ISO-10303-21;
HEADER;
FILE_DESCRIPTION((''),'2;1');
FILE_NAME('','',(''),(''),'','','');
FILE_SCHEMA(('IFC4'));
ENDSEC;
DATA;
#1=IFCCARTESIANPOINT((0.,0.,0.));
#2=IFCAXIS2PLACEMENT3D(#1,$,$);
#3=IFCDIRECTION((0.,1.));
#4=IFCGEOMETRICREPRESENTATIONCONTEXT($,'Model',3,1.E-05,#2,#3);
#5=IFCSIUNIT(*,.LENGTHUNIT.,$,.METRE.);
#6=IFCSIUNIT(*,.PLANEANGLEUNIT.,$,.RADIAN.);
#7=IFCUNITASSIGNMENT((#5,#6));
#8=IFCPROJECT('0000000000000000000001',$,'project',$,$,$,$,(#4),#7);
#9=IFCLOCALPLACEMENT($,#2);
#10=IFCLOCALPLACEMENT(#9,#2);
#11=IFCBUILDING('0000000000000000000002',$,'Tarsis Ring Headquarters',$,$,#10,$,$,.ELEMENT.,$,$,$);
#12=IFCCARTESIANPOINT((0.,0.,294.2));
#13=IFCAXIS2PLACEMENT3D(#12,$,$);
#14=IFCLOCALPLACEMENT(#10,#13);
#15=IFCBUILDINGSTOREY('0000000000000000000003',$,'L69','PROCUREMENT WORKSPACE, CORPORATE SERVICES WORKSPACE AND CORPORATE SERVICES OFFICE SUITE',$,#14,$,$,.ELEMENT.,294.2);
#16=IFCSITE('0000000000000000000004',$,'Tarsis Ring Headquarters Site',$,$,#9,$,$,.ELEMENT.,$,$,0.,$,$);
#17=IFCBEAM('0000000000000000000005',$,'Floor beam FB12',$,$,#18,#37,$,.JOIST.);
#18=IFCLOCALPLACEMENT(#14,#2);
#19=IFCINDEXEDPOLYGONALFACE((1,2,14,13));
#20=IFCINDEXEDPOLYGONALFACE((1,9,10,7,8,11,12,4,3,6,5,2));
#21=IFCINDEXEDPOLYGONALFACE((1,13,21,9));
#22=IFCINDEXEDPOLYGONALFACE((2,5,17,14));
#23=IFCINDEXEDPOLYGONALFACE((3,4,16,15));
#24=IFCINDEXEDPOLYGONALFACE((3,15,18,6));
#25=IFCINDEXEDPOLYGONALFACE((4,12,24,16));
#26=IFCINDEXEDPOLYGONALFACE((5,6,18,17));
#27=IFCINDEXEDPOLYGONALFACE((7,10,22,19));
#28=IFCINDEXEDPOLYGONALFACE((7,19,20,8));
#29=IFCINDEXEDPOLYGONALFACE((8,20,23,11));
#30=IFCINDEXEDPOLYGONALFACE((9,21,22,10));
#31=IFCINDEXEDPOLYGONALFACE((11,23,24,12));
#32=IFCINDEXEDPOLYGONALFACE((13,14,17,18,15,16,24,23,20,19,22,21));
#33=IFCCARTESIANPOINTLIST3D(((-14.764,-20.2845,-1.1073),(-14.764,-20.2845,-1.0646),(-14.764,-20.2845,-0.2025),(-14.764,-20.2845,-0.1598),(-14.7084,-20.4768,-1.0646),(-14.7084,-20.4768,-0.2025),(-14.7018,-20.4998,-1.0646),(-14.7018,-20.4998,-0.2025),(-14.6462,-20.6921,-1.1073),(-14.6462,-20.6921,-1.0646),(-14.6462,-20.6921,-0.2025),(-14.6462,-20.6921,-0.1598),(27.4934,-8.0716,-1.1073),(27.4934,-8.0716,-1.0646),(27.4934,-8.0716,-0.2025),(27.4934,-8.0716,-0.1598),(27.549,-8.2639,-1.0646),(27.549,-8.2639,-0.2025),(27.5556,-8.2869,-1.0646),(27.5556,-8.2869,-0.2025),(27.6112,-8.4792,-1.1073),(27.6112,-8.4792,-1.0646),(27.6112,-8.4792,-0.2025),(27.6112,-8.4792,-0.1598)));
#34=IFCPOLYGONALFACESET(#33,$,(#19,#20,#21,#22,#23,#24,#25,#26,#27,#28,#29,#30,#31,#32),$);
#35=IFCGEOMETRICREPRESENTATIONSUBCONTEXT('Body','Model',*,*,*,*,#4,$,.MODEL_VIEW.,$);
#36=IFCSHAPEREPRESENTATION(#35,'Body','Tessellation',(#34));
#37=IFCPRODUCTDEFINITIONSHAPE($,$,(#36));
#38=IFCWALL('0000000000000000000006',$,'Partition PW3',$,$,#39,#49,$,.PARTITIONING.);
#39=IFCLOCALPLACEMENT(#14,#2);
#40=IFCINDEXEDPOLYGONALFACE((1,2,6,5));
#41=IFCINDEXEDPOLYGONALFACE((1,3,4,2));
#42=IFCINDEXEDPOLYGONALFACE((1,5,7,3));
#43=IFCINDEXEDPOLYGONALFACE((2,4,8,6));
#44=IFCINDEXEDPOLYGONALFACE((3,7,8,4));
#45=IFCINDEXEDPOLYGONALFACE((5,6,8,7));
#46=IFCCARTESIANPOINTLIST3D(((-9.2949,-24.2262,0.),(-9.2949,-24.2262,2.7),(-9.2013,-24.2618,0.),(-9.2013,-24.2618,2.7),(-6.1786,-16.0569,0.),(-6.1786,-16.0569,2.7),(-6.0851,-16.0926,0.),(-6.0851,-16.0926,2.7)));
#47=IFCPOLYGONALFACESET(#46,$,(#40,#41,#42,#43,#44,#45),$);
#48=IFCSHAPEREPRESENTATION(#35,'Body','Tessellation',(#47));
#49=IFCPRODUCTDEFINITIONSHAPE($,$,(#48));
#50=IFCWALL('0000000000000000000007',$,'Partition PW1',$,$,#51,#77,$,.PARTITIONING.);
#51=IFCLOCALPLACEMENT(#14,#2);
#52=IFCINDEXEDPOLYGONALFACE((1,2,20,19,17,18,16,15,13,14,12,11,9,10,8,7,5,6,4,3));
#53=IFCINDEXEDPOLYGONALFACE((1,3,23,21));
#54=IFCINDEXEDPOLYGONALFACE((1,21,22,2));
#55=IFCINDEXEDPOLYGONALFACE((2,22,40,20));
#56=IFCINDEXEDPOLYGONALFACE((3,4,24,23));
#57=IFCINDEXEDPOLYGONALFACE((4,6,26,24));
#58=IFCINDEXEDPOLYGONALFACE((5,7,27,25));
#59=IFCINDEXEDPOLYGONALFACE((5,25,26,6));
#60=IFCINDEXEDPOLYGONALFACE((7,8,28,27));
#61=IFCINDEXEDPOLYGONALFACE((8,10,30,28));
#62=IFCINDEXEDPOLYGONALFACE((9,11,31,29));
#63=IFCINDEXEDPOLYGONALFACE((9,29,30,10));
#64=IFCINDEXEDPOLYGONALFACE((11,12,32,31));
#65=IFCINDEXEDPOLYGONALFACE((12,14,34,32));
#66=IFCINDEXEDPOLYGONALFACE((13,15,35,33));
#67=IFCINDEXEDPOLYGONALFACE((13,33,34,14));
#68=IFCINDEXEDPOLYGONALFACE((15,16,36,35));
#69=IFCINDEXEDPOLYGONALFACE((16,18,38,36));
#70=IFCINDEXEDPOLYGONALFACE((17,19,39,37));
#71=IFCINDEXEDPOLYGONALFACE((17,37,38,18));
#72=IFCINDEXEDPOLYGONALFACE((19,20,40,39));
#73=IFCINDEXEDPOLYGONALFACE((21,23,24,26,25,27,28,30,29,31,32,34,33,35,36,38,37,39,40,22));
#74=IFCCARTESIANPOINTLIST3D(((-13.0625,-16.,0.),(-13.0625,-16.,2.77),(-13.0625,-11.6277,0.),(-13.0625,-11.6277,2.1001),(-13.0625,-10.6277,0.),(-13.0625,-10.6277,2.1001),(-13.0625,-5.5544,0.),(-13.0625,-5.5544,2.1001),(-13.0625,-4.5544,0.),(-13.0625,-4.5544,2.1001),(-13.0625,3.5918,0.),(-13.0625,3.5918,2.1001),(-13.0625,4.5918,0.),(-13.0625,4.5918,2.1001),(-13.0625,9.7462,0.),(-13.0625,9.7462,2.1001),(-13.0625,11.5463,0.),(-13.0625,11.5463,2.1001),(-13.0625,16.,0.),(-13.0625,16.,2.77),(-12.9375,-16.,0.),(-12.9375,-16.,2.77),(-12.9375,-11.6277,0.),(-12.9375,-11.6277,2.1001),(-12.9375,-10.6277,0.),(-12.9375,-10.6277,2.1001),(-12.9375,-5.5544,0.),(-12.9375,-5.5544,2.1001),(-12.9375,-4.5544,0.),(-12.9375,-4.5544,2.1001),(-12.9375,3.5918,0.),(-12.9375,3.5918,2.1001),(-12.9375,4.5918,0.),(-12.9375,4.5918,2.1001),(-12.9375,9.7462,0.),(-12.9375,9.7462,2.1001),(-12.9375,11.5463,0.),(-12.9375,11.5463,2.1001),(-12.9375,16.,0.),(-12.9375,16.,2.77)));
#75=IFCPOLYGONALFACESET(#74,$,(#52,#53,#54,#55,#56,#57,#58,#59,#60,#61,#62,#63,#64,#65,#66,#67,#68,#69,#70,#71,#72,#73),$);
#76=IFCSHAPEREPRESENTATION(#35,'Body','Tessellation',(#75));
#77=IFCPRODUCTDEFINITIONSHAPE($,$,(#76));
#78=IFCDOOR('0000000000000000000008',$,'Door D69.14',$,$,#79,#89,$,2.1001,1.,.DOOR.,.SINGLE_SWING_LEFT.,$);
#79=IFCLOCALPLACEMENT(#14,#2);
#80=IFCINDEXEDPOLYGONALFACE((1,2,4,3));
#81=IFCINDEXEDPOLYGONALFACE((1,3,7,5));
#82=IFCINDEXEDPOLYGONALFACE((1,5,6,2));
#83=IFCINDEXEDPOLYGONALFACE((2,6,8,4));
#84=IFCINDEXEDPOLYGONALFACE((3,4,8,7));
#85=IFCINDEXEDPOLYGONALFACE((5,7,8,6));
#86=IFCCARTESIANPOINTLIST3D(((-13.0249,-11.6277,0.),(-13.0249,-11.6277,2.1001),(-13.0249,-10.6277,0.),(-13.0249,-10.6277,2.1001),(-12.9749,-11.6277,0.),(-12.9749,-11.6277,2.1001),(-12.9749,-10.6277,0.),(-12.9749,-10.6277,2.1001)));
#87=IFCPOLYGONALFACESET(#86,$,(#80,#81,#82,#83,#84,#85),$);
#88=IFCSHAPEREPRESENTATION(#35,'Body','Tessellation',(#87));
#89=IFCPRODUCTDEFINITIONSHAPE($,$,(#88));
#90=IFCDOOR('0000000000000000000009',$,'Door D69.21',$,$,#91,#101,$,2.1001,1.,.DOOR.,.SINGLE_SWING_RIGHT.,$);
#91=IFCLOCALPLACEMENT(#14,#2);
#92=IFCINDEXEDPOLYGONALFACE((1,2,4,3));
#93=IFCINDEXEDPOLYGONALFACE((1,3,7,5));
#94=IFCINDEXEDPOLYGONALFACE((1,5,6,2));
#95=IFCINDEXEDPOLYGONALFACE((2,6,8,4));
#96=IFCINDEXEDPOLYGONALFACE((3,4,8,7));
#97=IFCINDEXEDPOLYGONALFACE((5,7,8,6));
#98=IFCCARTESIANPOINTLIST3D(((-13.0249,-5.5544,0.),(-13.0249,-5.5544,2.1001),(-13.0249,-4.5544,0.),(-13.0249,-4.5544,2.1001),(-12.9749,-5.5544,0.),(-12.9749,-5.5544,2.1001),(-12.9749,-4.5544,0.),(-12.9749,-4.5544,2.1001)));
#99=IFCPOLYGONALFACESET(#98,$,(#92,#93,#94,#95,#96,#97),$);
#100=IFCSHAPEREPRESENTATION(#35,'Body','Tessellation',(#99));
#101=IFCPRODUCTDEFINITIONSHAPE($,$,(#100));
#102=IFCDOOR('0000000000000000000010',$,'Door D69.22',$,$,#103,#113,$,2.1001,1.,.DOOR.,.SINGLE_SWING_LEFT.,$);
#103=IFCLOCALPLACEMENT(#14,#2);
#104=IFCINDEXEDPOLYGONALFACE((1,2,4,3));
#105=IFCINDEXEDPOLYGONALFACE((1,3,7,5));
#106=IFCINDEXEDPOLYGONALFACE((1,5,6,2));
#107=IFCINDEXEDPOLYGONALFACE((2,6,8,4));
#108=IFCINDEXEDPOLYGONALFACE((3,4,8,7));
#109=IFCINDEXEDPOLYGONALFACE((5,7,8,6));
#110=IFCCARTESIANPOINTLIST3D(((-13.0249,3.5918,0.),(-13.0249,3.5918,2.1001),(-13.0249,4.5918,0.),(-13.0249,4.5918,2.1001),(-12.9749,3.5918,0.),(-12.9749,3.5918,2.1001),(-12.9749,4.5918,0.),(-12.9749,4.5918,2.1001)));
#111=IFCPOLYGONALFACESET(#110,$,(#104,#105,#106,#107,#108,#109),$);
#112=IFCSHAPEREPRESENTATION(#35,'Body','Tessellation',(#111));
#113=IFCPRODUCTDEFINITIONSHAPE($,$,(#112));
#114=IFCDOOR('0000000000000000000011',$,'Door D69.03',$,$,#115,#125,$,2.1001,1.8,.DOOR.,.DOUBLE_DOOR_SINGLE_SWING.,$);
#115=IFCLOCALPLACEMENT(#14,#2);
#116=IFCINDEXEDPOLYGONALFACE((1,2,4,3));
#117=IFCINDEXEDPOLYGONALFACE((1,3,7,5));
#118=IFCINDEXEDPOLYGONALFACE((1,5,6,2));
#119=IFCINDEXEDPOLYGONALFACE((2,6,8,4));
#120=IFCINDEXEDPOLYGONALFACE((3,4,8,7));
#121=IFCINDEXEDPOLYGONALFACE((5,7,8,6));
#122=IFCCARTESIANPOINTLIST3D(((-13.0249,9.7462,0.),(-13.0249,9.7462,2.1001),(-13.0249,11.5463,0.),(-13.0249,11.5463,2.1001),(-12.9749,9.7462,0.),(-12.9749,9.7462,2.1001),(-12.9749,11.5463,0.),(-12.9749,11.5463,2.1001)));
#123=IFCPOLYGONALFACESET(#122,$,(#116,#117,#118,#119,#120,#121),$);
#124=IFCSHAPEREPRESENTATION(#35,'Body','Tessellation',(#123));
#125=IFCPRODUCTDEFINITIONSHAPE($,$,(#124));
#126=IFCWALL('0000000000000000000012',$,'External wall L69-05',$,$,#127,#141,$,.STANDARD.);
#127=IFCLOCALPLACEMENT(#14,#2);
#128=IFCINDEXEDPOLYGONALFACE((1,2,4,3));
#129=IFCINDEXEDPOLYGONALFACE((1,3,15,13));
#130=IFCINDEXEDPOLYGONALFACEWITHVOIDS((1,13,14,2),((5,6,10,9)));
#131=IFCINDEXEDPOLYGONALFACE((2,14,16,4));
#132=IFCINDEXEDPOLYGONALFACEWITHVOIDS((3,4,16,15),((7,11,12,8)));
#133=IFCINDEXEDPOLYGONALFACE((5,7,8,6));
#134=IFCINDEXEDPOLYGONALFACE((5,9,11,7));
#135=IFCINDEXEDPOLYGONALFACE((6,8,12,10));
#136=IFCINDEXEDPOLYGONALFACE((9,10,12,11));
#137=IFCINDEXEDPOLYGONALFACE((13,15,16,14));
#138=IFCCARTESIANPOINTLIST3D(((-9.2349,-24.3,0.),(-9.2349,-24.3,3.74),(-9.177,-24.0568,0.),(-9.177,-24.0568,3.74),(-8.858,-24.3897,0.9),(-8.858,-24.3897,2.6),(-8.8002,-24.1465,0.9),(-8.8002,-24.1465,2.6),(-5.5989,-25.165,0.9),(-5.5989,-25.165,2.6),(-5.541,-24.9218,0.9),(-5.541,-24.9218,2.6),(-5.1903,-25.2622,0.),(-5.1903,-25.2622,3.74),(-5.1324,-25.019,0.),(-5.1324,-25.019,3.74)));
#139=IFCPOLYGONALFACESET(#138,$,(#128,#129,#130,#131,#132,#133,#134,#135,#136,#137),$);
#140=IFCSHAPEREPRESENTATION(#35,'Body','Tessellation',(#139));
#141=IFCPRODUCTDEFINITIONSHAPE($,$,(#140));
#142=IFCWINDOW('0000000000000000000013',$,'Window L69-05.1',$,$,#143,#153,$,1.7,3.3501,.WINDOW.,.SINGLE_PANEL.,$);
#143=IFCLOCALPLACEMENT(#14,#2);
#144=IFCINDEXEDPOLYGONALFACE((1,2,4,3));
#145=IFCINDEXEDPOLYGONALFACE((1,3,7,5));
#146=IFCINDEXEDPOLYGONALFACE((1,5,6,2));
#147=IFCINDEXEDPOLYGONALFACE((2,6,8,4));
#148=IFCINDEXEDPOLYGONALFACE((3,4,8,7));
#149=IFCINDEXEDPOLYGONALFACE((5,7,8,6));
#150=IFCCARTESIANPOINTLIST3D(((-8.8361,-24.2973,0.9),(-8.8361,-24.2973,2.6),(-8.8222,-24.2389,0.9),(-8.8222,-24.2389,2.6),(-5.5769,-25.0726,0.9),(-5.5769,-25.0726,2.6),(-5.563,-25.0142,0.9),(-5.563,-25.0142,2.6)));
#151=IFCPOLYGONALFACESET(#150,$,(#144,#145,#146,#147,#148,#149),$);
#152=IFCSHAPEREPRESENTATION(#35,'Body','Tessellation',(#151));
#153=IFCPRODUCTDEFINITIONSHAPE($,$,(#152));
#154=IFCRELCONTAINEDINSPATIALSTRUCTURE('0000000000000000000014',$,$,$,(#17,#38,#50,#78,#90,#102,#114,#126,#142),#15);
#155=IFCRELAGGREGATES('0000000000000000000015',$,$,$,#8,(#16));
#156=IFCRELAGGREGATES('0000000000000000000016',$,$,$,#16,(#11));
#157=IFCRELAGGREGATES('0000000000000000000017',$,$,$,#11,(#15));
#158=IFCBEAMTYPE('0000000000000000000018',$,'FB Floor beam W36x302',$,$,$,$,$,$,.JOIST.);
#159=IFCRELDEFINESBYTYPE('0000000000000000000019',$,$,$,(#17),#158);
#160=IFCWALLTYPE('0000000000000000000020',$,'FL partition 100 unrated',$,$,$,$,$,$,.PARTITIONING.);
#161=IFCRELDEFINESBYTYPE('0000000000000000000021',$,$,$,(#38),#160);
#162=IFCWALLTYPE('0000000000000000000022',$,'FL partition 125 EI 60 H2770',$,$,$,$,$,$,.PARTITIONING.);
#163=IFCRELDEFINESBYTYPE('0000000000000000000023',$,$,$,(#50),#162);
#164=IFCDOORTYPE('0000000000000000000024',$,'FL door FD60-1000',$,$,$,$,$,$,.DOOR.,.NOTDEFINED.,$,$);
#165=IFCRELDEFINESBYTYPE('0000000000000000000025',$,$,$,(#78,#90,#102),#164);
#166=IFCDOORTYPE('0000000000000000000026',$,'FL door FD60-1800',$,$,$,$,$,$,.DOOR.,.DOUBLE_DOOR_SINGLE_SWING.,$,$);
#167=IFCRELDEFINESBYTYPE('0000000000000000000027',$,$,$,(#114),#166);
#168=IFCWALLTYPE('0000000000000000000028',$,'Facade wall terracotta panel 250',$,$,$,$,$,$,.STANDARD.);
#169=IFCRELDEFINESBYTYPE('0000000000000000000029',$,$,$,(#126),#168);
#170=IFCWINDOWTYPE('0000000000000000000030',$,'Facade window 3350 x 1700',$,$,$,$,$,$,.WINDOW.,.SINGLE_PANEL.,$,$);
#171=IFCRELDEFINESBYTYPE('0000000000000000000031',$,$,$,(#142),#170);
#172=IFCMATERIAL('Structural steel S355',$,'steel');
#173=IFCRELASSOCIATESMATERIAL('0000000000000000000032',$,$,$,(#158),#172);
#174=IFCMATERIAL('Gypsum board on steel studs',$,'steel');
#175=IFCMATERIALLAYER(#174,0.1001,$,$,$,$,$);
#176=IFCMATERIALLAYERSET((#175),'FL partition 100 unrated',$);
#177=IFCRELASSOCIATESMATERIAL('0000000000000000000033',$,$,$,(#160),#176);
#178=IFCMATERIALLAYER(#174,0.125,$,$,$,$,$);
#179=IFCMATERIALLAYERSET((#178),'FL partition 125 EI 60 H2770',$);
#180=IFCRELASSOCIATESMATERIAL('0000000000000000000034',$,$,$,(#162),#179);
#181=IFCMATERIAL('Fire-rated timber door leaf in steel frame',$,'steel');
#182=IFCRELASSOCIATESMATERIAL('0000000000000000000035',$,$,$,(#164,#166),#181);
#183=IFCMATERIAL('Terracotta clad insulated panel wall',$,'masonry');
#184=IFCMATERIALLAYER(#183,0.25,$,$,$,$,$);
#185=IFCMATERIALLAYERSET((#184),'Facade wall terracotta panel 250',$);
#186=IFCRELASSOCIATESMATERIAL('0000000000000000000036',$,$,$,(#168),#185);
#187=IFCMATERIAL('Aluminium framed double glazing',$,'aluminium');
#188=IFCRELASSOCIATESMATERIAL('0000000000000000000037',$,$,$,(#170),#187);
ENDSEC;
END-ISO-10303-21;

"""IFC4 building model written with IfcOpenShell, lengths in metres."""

from ifc_helpers import new_model, si_unit, direction, frame, frame_2d, origin, origin_2d, place, context, subcontext, project, spatial, rectangle, i_section, extrude, material, layer, layer_set, material_profile, profile_set, type_object, element, fill, save


model = new_model("IFC4")

# Units and contexts
model_context = context("Model", 3, precision=1e-05, world=origin(), true_north=direction((0.0, 1.0)))
body_context = subcontext(model_context, "Body", "Model", "MODEL_VIEW")
ifc_project = project(units=[si_unit("LENGTHUNIT", "METRE"), si_unit("PLANEANGLEUNIT", "RADIAN")], contexts=[model_context])

# Site, building, storey
site_placement = place(None, origin())
site = spatial("IfcSite", under=ifc_project, at=site_placement, Name="Tarsis Ring Headquarters Site", CompositionType="ELEMENT", RefElevation=0.0)
building_placement = place(site_placement, origin())
building = spatial("IfcBuilding", under=site, at=building_placement, Name="Tarsis Ring Headquarters", CompositionType="ELEMENT")
storey_placement = place(building_placement, frame((0.0, 0.0, 294.2)))
storey = spatial("IfcBuildingStorey", under=building, at=storey_placement, Name="L69", Description="PROCUREMENT WORKSPACE, CORPORATE SERVICES WORKSPACE AND CORPORATE SERVICES OFFICE SUITE", CompositionType="ELEMENT", Elevation=294.2)

# Beam
ifc_material_1 = material(Name="Structural steel S355", Category="steel")
ifc_material_profile = material_profile(ifc_material_1, i_section(OverallWidth=0.4243, OverallDepth=0.9475, WebThickness=0.0239, FlangeThickness=0.0427, at=origin_2d()), Name="W36x302")
ifc_profile_set = profile_set([ifc_material_profile], Name="Structural steel S355")
beam_type = type_object("IfcBeamType", Name="FB Floor beam W36x302", PredefinedType="JOIST", material=ifc_profile_set)
beam_placement = place(storey_placement, frame((-14.7051, -20.4883, -0.6335), z_axis=(0.960683, 0.277649, 0.0), x_axis=(-0.277649, 0.960683, 0.0)))
element("IfcBeam", 1, at=beam_placement, inside=storey, type_object=beam_type, Name="Floor beam FB12", PredefinedType="JOIST", context=body_context, shape_type="SweptSolid", body=[
    extrude(i_section(OverallWidth=0.4243, OverallDepth=0.9475, WebThickness=0.0239, FlangeThickness=0.0427, at=origin_2d()), origin(), (0.0, 0.0, 1.0), 43.9868),
])

# Wall
ifc_material_2 = material(Name="Gypsum board on steel studs", Category="steel")
ifc_layer_1 = layer(ifc_material_2, 0.1001)
ifc_layer_set_1 = layer_set([ifc_layer_1], Name="FL partition 100 unrated")
wall_type_1 = type_object("IfcWallType", Name="FL partition 100 unrated", PredefinedType="PARTITIONING", material=ifc_layer_set_1)
wall_1_placement = place(storey_placement, frame((-9.248, -24.2439, 0.0), z_axis=(0.0, 0.0, 1.0), x_axis=(0.356409, 0.93433, 0.0)))
element("IfcWall", 2, at=wall_1_placement, inside=storey, type_object=wall_type_1, Name="Partition PW3", PredefinedType="PARTITIONING", context=body_context, shape_type="SweptSolid", body=[
    extrude(rectangle(XDim=8.7434, YDim=0.1001, at=frame_2d((4.3716, 0.0))), origin(), (0.0, 0.0, 1.0), 2.7),
])

# Wall, openings, doors
ifc_layer_2 = layer(ifc_material_2, 0.125)
ifc_layer_set_2 = layer_set([ifc_layer_2], Name="FL partition 125 EI 60 H2770")
wall_type_2 = type_object("IfcWallType", Name="FL partition 125 EI 60 H2770", PredefinedType="PARTITIONING", material=ifc_layer_set_2)
wall_2_placement = place(storey_placement, frame((-13.0, -16.0, 0.0), z_axis=(0.0, 0.0, 1.0), x_axis=(0.0, 1.0, 0.0)))
wall_2 = element("IfcWall", 3, at=wall_2_placement, inside=storey, type_object=wall_type_2, Name="Partition PW1", PredefinedType="PARTITIONING", context=body_context, shape_type="SweptSolid", body=[
    extrude(rectangle(XDim=32.0, YDim=0.125, at=frame_2d((16.0, 0.0))), origin(), (0.0, 0.0, 1.0), 2.77),
])
opening_1_placement = place(wall_2_placement, frame((25.7463, 0.0, 0.0)))
opening_1 = element("IfcOpeningElement", 4, at=opening_1_placement, cuts=wall_2, PredefinedType="OPENING", context=body_context, shape_type="SweptSolid", body=[
    extrude(rectangle(XDim=1.8, YDim=2.1001, at=frame_2d((0.8999, 1.05))), frame((0.0, 0.0725, 0.0), z_axis=(0.0, -1.0, 0.0), x_axis=(1.0, 0.0, 0.0)), (0.0, 0.0, 1.0), 0.145),
])
opening_2_placement = place(wall_2_placement, frame((4.3723, 0.0, 0.0)))
opening_2 = element("IfcOpeningElement", 5, at=opening_2_placement, cuts=wall_2, PredefinedType="OPENING", context=body_context, shape_type="SweptSolid", body=[
    extrude(rectangle(XDim=1.0, YDim=2.1001, at=frame_2d((0.5, 1.05))), frame((0.0, 0.0725, 0.0), z_axis=(0.0, -1.0, 0.0), x_axis=(1.0, 0.0, 0.0)), (0.0, 0.0, 1.0), 0.145),
])
opening_3_placement = place(wall_2_placement, frame((10.4456, 0.0, 0.0)))
opening_3 = element("IfcOpeningElement", 6, at=opening_3_placement, cuts=wall_2, PredefinedType="OPENING", context=body_context, shape_type="SweptSolid", body=[
    extrude(rectangle(XDim=1.0, YDim=2.1001, at=frame_2d((0.5, 1.05))), frame((0.0, 0.0725, 0.0), z_axis=(0.0, -1.0, 0.0), x_axis=(1.0, 0.0, 0.0)), (0.0, 0.0, 1.0), 0.145),
])
opening_4_placement = place(wall_2_placement, frame((19.5918, 0.0, 0.0)))
opening_4 = element("IfcOpeningElement", 7, at=opening_4_placement, cuts=wall_2, PredefinedType="OPENING", context=body_context, shape_type="SweptSolid", body=[
    extrude(rectangle(XDim=1.0, YDim=2.1001, at=frame_2d((0.5, 1.05))), frame((0.0, 0.0725, 0.0), z_axis=(0.0, -1.0, 0.0), x_axis=(1.0, 0.0, 0.0)), (0.0, 0.0, 1.0), 0.145),
])
ifc_material_3 = material(Name="Fire-rated timber door leaf in steel frame", Category="steel")
door_type_1 = type_object("IfcDoorType", Name="FL door FD60-1000", OperationType="NOTDEFINED", PredefinedType="DOOR", material=ifc_material_3)
door_1_placement = place(opening_2_placement, origin())
door_1 = element("IfcDoor", 8, at=door_1_placement, inside=storey, type_object=door_type_1, Name="Door D69.14", OperationType="SINGLE_SWING_LEFT", OverallHeight=2.1001, OverallWidth=1.0, PredefinedType="DOOR", context=body_context, shape_type="SweptSolid", body=[
    extrude(rectangle(XDim=1.0, YDim=2.1001, at=frame_2d((0.5, 1.05))), frame((0.0, 0.0249, 0.0), z_axis=(0.0, -1.0, 0.0), x_axis=(1.0, 0.0, 0.0)), (0.0, 0.0, 1.0), 0.05),
])
fill(opening_2, door_1)
door_2_placement = place(opening_3_placement, origin())
door_2 = element("IfcDoor", 9, at=door_2_placement, inside=storey, type_object=door_type_1, Name="Door D69.21", OperationType="SINGLE_SWING_RIGHT", OverallHeight=2.1001, OverallWidth=1.0, PredefinedType="DOOR", context=body_context, shape_type="SweptSolid", body=[
    extrude(rectangle(XDim=1.0, YDim=2.1001, at=frame_2d((0.5, 1.05))), frame((0.0, 0.0249, 0.0), z_axis=(0.0, -1.0, 0.0), x_axis=(1.0, 0.0, 0.0)), (0.0, 0.0, 1.0), 0.05),
])
fill(opening_3, door_2)
door_3_placement = place(opening_4_placement, origin())
door_3 = element("IfcDoor", 10, at=door_3_placement, inside=storey, type_object=door_type_1, Name="Door D69.22", OperationType="SINGLE_SWING_LEFT", OverallHeight=2.1001, OverallWidth=1.0, PredefinedType="DOOR", context=body_context, shape_type="SweptSolid", body=[
    extrude(rectangle(XDim=1.0, YDim=2.1001, at=frame_2d((0.5, 1.05))), frame((0.0, 0.0249, 0.0), z_axis=(0.0, -1.0, 0.0), x_axis=(1.0, 0.0, 0.0)), (0.0, 0.0, 1.0), 0.05),
])
fill(opening_4, door_3)
door_type_2 = type_object("IfcDoorType", Name="FL door FD60-1800", OperationType="DOUBLE_DOOR_SINGLE_SWING", PredefinedType="DOOR", material=ifc_material_3)
door_4_placement = place(opening_1_placement, origin())
door_4 = element("IfcDoor", 11, at=door_4_placement, inside=storey, type_object=door_type_2, Name="Door D69.03", OperationType="DOUBLE_DOOR_SINGLE_SWING", OverallHeight=2.1001, OverallWidth=1.8, PredefinedType="DOOR", context=body_context, shape_type="SweptSolid", body=[
    extrude(rectangle(XDim=1.8, YDim=2.1001, at=frame_2d((0.8999, 1.05))), frame((0.0, 0.0249, 0.0), z_axis=(0.0, -1.0, 0.0), x_axis=(1.0, 0.0, 0.0)), (0.0, 0.0, 1.0), 0.05),
])
fill(opening_1, door_4)

# Wall, opening, window
ifc_material_4 = material(Name="Terracotta clad insulated panel wall", Category="masonry")
ifc_layer_3 = layer(ifc_material_4, 0.25)
ifc_layer_set_3 = layer_set([ifc_layer_3], Name="Facade wall terracotta panel 250")
wall_type_3 = type_object("IfcWallType", Name="Facade wall terracotta panel 250", PredefinedType="STANDARD", material=ifc_layer_set_3)
wall_3_placement = place(storey_placement, frame((-9.2058, -24.1785, 0.0), z_axis=(0.0, 0.0, 1.0), x_axis=(0.972853, -0.231425, 0.0)))
wall_3 = element("IfcWall", 12, at=wall_3_placement, inside=storey, type_object=wall_type_3, Name="External wall L69-05", PredefinedType="STANDARD", context=body_context, shape_type="SweptSolid", body=[
    extrude(rectangle(XDim=4.1575, YDim=0.25, at=frame_2d((2.0786, 0.0))), origin(), (0.0, 0.0, 1.0), 3.74),
])
opening_5_placement = place(wall_3_placement, frame((0.3872, 0.0, 0.8999)))
opening_5 = element("IfcOpeningElement", 13, at=opening_5_placement, cuts=wall_3, PredefinedType="OPENING", context=body_context, shape_type="SweptSolid", body=[
    extrude(rectangle(XDim=3.3501, YDim=1.7, at=frame_2d((1.675, 0.8501))), frame((0.0, 0.135, 0.0), z_axis=(0.0, -1.0, 0.0), x_axis=(1.0, 0.0, 0.0)), (0.0, 0.0, 1.0), 0.27),
])
ifc_material_5 = material(Name="Aluminium framed double glazing", Category="aluminium")
window_type = type_object("IfcWindowType", Name="Facade window 3350 x 1700", PartitioningType="SINGLE_PANEL", PredefinedType="WINDOW", material=ifc_material_5)
window_placement = place(opening_5_placement, origin())
window = element("IfcWindow", 14, at=window_placement, inside=storey, type_object=window_type, Name="Window L69-05.1", OverallHeight=1.7, OverallWidth=3.3501, PartitioningType="SINGLE_PANEL", PredefinedType="WINDOW", context=body_context, shape_type="SweptSolid", body=[
    extrude(rectangle(XDim=3.3501, YDim=1.7, at=frame_2d((1.675, 0.8501))), frame((0.0, 0.03, 0.0), z_axis=(0.0, -1.0, 0.0), x_axis=(1.0, 0.0, 0.0)), (0.0, 0.0, 1.0), 0.0601),
])
fill(opening_5, window)

save(model, "model.ifc")
